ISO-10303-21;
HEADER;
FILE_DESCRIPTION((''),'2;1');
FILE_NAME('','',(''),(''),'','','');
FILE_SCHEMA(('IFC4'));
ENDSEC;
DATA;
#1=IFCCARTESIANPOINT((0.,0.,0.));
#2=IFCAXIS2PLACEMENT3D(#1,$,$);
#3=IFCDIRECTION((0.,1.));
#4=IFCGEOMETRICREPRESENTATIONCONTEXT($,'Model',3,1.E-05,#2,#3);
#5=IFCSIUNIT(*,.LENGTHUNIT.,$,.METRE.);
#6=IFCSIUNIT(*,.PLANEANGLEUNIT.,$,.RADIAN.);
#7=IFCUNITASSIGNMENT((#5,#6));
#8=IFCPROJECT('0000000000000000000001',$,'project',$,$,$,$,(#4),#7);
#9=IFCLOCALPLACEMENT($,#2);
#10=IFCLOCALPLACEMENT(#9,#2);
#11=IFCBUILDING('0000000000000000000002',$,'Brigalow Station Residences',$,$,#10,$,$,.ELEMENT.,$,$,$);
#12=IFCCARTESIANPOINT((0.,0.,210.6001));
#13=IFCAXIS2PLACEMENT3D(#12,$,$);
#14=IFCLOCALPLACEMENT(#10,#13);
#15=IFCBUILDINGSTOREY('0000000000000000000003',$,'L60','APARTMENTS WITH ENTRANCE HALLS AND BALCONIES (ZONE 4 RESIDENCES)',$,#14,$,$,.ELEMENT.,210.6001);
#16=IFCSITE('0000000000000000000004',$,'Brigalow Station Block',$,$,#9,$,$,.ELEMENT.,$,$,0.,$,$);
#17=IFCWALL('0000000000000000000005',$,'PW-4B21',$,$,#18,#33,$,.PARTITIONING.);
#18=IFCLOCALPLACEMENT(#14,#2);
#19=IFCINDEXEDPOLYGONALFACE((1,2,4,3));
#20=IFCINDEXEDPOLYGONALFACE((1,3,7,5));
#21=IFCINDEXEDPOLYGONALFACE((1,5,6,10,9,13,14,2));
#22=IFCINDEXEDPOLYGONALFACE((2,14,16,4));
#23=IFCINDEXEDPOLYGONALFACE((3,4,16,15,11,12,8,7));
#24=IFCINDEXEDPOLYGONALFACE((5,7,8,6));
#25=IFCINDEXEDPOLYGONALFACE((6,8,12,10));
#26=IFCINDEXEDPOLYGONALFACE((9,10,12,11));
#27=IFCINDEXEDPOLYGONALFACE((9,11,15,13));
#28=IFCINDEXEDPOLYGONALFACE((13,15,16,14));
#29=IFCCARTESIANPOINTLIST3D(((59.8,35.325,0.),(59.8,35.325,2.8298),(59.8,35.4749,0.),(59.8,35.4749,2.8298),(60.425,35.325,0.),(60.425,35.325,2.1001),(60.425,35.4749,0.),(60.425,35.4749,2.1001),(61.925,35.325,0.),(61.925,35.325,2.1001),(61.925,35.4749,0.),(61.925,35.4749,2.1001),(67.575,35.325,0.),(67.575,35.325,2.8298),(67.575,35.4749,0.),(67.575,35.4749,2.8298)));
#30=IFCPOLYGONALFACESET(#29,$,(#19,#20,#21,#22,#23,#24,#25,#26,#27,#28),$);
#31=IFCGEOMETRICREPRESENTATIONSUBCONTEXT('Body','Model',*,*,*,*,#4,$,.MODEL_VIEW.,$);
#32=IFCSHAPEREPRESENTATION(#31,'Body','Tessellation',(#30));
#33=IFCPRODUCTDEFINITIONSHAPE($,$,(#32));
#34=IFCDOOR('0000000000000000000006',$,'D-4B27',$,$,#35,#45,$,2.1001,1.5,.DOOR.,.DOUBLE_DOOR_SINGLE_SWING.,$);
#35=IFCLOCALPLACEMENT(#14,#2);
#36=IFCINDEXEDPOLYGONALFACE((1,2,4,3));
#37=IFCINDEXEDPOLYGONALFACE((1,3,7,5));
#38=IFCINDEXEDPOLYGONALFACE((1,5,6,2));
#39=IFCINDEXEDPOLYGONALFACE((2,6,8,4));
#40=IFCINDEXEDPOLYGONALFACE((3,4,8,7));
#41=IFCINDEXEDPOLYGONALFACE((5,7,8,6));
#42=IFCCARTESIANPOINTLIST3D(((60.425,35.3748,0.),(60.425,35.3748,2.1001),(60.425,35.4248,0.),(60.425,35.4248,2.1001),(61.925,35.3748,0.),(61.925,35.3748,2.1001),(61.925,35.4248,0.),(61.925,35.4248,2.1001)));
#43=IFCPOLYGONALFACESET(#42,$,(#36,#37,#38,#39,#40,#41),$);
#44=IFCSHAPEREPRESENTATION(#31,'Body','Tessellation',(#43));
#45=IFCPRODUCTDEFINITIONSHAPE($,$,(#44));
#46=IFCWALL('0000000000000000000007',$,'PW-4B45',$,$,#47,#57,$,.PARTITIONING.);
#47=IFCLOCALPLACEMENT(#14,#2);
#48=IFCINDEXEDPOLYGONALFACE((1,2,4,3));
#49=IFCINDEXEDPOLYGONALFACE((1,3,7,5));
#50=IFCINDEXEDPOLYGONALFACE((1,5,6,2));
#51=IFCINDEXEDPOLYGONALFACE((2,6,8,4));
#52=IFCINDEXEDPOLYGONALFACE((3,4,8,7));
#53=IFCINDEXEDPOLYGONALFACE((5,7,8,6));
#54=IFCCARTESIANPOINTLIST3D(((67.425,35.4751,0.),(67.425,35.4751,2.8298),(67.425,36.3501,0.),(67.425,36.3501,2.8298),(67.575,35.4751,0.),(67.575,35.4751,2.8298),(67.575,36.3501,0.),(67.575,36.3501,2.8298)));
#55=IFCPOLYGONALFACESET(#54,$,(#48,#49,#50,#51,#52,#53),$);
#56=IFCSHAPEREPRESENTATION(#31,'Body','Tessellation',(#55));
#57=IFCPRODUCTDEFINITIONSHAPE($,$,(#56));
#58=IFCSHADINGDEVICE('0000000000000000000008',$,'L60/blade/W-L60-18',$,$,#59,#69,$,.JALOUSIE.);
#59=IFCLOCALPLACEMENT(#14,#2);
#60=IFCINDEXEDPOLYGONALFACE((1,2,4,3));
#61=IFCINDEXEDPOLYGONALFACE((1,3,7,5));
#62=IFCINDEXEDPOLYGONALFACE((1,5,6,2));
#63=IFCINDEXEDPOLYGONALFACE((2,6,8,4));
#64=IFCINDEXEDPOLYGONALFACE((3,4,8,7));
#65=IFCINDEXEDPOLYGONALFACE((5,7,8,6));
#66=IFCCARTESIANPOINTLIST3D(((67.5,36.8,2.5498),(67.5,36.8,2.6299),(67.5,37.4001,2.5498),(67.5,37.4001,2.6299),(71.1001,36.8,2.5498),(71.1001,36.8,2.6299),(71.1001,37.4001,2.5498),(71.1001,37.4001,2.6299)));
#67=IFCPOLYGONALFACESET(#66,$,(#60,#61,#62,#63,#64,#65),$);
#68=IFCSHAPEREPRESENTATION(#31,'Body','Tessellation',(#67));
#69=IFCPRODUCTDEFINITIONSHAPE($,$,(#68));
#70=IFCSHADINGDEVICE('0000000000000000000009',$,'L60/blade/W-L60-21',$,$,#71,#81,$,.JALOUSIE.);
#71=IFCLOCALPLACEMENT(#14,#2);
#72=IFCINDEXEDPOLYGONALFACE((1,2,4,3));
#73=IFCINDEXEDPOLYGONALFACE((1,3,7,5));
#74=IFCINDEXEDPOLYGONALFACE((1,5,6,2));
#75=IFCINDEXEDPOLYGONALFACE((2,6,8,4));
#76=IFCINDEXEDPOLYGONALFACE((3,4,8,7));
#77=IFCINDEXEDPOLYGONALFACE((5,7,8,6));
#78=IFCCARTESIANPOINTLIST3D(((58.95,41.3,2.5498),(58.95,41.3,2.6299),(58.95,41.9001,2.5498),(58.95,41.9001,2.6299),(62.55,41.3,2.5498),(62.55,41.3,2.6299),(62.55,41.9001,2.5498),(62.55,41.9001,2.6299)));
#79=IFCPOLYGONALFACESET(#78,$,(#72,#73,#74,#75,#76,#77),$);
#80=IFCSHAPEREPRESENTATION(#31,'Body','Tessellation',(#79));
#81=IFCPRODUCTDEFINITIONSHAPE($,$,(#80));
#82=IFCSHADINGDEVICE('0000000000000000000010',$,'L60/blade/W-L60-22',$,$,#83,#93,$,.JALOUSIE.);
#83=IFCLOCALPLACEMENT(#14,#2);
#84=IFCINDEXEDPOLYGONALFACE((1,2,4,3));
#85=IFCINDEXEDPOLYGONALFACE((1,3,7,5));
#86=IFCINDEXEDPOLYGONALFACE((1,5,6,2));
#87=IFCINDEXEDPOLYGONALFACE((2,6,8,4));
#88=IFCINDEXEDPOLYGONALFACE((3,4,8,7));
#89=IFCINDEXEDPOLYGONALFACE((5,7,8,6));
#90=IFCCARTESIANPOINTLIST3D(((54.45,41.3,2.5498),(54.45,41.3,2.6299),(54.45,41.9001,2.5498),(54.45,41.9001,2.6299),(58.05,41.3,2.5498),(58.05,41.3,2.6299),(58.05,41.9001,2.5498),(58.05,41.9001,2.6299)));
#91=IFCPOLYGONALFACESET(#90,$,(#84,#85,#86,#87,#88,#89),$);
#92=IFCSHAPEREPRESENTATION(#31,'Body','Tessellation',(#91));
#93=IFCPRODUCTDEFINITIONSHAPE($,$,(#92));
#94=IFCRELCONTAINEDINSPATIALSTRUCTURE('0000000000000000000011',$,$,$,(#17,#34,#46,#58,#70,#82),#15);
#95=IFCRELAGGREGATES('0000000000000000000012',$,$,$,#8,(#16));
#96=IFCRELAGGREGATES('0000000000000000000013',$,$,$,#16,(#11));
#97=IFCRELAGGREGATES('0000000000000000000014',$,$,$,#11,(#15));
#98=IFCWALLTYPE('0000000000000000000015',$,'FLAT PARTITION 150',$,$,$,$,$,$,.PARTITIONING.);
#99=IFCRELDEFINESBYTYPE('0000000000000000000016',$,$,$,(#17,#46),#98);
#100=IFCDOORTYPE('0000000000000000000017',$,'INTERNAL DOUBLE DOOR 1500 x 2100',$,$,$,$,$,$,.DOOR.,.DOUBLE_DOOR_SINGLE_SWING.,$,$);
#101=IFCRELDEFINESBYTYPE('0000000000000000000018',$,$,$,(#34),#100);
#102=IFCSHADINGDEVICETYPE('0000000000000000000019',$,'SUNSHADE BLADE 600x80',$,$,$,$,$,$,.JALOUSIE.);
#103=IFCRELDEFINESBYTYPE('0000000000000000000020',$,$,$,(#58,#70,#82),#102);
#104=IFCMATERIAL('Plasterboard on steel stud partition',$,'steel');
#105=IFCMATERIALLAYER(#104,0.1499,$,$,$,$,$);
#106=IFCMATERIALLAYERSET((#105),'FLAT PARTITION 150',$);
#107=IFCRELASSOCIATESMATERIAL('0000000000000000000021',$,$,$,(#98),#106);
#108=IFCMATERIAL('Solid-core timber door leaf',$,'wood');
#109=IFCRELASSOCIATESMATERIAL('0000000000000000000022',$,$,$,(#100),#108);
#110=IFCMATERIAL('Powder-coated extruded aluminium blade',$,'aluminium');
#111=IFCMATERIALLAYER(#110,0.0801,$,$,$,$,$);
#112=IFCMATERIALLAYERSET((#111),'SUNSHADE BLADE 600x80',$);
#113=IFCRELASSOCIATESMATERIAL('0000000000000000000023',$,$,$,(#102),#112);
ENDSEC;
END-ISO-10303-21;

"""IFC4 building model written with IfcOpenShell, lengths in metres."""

from ifc_helpers import new_model, si_unit, direction, frame, frame_2d, origin, origin_2d, place, context, subcontext, project, spatial, rectangle, extrude, material, layer, layer_set, type_object, element, fill, save


model = new_model("IFC4")

# Units and contexts
model_context = context("Model", 3, precision=1e-05, world=origin(), true_north=direction((0.0, 1.0)))
body_context = subcontext(model_context, "Body", "Model", "MODEL_VIEW")
ifc_project = project(units=[si_unit("LENGTHUNIT", "METRE"), si_unit("PLANEANGLEUNIT", "RADIAN")], contexts=[model_context])

# Site, building, storey
site_placement = place(None, origin())
site = spatial("IfcSite", under=ifc_project, at=site_placement, Name="Brigalow Station Block", CompositionType="ELEMENT", RefElevation=0.0)
building_placement = place(site_placement, origin())
building = spatial("IfcBuilding", under=site, at=building_placement, Name="Brigalow Station Residences", CompositionType="ELEMENT")
storey_placement = place(building_placement, frame((0.0, 0.0, 210.6001)))
storey = spatial("IfcBuildingStorey", under=building, at=storey_placement, Name="L60", Description="APARTMENTS WITH ENTRANCE HALLS AND BALCONIES (ZONE 4 RESIDENCES)", CompositionType="ELEMENT", Elevation=210.6001)

# Wall, opening, door
ifc_material_1 = material(Name="Plasterboard on steel stud partition", Category="steel")
ifc_layer_1 = layer(ifc_material_1, 0.1499)
ifc_layer_set_1 = layer_set([ifc_layer_1], Name="FLAT PARTITION 150")
wall_type_1 = type_object("IfcWallType", Name="FLAT PARTITION 150", PredefinedType="PARTITIONING", material=ifc_layer_set_1)
wall_1_placement = place(storey_placement, frame((59.8, 35.3999, 0.0), z_axis=(0.0, 0.0, 1.0), x_axis=(1.0, 0.0, 0.0)))
wall_1 = element("IfcWall", 1, at=wall_1_placement, inside=storey, type_object=wall_type_1, Name="PW-4B21", PredefinedType="PARTITIONING", context=body_context, shape_type="SweptSolid", body=[
    extrude(rectangle(XDim=7.7749, YDim=0.1499, at=frame_2d((3.8875, 0.0))), origin(), (0.0, 0.0, 1.0), 2.8298),
])
opening_1_placement = place(wall_1_placement, frame((0.625, 0.0, 0.0)))
opening_1 = element("IfcOpeningElement", 2, at=opening_1_placement, cuts=wall_1, PredefinedType="OPENING", context=body_context, shape_type="SweptSolid", body=[
    extrude(rectangle(XDim=1.5, YDim=2.1001, at=frame_2d((0.75, 1.05))), frame((0.0, 0.085, 0.0), z_axis=(0.0, -1.0, 0.0), x_axis=(1.0, 0.0, 0.0)), (0.0, 0.0, 1.0), 0.1699),
])
ifc_material_2 = material(Name="Solid-core timber door leaf", Category="wood")
door_type_1 = type_object("IfcDoorType", Name="INTERNAL DOUBLE DOOR 1500 x 2100", OperationType="DOUBLE_DOOR_SINGLE_SWING", PredefinedType="DOOR", material=ifc_material_2)
door_1_placement = place(opening_1_placement, origin())
door_1 = element("IfcDoor", 3, at=door_1_placement, inside=storey, type_object=door_type_1, Name="D-4B27", OperationType="DOUBLE_DOOR_SINGLE_SWING", OverallHeight=2.1001, OverallWidth=1.5, PredefinedType="DOOR", context=body_context, shape_type="SweptSolid", body=[
    extrude(rectangle(XDim=1.5, YDim=2.1001, at=frame_2d((0.75, 1.05))), frame((0.0, 0.0249, 0.0), z_axis=(0.0, -1.0, 0.0), x_axis=(1.0, 0.0, 0.0)), (0.0, 0.0, 1.0), 0.05),
])
fill(opening_1, door_1)

# Wall
wall_2_placement = place(storey_placement, frame((67.5, 35.4751, 0.0), z_axis=(0.0, 0.0, 1.0), x_axis=(0.0, 1.0, 0.0)))
element("IfcWall", 4, at=wall_2_placement, inside=storey, type_object=wall_type_1, Name="PW-4B45", PredefinedType="PARTITIONING", context=body_context, shape_type="SweptSolid", body=[
    extrude(rectangle(XDim=0.875, YDim=0.1499, at=frame_2d((0.4375, 0.0))), origin(), (0.0, 0.0, 1.0), 2.8298),
])

# Shading devices
ifc_material_3 = material(Name="Powder-coated extruded aluminium blade", Category="aluminium")
ifc_layer_2 = layer(ifc_material_3, 0.0801)
ifc_layer_set_2 = layer_set([ifc_layer_2], Name="SUNSHADE BLADE 600x80")
shading_device_type = type_object("IfcShadingDeviceType", Name="SUNSHADE BLADE 600x80", PredefinedType="JALOUSIE", material=ifc_layer_set_2)
for number, where, z_axis, x_axis, name in (
    (5, (69.3, 37.1001, 2.5498), (0.0, 0.0, 1.0), (-1.0, 0.0, 0.0), "L60/blade/W-L60-18"),
    (6, (60.75, 41.6001, 2.5498), (0.0, 0.0, 1.0), (-1.0, 0.0, 0.0), "L60/blade/W-L60-21"),
    (7, (56.25, 41.6001, 2.5498), (0.0, 0.0, 1.0), (-1.0, 0.0, 0.0), "L60/blade/W-L60-22"),
):
    element("IfcShadingDevice", number, at=place(storey_placement, frame(where, z_axis=z_axis, x_axis=x_axis)), inside=storey, type_object=shading_device_type, Name=name, PredefinedType="JALOUSIE", context=body_context, shape_type="SweptSolid", body=[
        extrude(rectangle(XDim=3.6001, YDim=0.6001, at=origin_2d()), origin(), (0.0, 0.0, 1.0), 0.0801),
    ])

save(model, "model.ifc")
